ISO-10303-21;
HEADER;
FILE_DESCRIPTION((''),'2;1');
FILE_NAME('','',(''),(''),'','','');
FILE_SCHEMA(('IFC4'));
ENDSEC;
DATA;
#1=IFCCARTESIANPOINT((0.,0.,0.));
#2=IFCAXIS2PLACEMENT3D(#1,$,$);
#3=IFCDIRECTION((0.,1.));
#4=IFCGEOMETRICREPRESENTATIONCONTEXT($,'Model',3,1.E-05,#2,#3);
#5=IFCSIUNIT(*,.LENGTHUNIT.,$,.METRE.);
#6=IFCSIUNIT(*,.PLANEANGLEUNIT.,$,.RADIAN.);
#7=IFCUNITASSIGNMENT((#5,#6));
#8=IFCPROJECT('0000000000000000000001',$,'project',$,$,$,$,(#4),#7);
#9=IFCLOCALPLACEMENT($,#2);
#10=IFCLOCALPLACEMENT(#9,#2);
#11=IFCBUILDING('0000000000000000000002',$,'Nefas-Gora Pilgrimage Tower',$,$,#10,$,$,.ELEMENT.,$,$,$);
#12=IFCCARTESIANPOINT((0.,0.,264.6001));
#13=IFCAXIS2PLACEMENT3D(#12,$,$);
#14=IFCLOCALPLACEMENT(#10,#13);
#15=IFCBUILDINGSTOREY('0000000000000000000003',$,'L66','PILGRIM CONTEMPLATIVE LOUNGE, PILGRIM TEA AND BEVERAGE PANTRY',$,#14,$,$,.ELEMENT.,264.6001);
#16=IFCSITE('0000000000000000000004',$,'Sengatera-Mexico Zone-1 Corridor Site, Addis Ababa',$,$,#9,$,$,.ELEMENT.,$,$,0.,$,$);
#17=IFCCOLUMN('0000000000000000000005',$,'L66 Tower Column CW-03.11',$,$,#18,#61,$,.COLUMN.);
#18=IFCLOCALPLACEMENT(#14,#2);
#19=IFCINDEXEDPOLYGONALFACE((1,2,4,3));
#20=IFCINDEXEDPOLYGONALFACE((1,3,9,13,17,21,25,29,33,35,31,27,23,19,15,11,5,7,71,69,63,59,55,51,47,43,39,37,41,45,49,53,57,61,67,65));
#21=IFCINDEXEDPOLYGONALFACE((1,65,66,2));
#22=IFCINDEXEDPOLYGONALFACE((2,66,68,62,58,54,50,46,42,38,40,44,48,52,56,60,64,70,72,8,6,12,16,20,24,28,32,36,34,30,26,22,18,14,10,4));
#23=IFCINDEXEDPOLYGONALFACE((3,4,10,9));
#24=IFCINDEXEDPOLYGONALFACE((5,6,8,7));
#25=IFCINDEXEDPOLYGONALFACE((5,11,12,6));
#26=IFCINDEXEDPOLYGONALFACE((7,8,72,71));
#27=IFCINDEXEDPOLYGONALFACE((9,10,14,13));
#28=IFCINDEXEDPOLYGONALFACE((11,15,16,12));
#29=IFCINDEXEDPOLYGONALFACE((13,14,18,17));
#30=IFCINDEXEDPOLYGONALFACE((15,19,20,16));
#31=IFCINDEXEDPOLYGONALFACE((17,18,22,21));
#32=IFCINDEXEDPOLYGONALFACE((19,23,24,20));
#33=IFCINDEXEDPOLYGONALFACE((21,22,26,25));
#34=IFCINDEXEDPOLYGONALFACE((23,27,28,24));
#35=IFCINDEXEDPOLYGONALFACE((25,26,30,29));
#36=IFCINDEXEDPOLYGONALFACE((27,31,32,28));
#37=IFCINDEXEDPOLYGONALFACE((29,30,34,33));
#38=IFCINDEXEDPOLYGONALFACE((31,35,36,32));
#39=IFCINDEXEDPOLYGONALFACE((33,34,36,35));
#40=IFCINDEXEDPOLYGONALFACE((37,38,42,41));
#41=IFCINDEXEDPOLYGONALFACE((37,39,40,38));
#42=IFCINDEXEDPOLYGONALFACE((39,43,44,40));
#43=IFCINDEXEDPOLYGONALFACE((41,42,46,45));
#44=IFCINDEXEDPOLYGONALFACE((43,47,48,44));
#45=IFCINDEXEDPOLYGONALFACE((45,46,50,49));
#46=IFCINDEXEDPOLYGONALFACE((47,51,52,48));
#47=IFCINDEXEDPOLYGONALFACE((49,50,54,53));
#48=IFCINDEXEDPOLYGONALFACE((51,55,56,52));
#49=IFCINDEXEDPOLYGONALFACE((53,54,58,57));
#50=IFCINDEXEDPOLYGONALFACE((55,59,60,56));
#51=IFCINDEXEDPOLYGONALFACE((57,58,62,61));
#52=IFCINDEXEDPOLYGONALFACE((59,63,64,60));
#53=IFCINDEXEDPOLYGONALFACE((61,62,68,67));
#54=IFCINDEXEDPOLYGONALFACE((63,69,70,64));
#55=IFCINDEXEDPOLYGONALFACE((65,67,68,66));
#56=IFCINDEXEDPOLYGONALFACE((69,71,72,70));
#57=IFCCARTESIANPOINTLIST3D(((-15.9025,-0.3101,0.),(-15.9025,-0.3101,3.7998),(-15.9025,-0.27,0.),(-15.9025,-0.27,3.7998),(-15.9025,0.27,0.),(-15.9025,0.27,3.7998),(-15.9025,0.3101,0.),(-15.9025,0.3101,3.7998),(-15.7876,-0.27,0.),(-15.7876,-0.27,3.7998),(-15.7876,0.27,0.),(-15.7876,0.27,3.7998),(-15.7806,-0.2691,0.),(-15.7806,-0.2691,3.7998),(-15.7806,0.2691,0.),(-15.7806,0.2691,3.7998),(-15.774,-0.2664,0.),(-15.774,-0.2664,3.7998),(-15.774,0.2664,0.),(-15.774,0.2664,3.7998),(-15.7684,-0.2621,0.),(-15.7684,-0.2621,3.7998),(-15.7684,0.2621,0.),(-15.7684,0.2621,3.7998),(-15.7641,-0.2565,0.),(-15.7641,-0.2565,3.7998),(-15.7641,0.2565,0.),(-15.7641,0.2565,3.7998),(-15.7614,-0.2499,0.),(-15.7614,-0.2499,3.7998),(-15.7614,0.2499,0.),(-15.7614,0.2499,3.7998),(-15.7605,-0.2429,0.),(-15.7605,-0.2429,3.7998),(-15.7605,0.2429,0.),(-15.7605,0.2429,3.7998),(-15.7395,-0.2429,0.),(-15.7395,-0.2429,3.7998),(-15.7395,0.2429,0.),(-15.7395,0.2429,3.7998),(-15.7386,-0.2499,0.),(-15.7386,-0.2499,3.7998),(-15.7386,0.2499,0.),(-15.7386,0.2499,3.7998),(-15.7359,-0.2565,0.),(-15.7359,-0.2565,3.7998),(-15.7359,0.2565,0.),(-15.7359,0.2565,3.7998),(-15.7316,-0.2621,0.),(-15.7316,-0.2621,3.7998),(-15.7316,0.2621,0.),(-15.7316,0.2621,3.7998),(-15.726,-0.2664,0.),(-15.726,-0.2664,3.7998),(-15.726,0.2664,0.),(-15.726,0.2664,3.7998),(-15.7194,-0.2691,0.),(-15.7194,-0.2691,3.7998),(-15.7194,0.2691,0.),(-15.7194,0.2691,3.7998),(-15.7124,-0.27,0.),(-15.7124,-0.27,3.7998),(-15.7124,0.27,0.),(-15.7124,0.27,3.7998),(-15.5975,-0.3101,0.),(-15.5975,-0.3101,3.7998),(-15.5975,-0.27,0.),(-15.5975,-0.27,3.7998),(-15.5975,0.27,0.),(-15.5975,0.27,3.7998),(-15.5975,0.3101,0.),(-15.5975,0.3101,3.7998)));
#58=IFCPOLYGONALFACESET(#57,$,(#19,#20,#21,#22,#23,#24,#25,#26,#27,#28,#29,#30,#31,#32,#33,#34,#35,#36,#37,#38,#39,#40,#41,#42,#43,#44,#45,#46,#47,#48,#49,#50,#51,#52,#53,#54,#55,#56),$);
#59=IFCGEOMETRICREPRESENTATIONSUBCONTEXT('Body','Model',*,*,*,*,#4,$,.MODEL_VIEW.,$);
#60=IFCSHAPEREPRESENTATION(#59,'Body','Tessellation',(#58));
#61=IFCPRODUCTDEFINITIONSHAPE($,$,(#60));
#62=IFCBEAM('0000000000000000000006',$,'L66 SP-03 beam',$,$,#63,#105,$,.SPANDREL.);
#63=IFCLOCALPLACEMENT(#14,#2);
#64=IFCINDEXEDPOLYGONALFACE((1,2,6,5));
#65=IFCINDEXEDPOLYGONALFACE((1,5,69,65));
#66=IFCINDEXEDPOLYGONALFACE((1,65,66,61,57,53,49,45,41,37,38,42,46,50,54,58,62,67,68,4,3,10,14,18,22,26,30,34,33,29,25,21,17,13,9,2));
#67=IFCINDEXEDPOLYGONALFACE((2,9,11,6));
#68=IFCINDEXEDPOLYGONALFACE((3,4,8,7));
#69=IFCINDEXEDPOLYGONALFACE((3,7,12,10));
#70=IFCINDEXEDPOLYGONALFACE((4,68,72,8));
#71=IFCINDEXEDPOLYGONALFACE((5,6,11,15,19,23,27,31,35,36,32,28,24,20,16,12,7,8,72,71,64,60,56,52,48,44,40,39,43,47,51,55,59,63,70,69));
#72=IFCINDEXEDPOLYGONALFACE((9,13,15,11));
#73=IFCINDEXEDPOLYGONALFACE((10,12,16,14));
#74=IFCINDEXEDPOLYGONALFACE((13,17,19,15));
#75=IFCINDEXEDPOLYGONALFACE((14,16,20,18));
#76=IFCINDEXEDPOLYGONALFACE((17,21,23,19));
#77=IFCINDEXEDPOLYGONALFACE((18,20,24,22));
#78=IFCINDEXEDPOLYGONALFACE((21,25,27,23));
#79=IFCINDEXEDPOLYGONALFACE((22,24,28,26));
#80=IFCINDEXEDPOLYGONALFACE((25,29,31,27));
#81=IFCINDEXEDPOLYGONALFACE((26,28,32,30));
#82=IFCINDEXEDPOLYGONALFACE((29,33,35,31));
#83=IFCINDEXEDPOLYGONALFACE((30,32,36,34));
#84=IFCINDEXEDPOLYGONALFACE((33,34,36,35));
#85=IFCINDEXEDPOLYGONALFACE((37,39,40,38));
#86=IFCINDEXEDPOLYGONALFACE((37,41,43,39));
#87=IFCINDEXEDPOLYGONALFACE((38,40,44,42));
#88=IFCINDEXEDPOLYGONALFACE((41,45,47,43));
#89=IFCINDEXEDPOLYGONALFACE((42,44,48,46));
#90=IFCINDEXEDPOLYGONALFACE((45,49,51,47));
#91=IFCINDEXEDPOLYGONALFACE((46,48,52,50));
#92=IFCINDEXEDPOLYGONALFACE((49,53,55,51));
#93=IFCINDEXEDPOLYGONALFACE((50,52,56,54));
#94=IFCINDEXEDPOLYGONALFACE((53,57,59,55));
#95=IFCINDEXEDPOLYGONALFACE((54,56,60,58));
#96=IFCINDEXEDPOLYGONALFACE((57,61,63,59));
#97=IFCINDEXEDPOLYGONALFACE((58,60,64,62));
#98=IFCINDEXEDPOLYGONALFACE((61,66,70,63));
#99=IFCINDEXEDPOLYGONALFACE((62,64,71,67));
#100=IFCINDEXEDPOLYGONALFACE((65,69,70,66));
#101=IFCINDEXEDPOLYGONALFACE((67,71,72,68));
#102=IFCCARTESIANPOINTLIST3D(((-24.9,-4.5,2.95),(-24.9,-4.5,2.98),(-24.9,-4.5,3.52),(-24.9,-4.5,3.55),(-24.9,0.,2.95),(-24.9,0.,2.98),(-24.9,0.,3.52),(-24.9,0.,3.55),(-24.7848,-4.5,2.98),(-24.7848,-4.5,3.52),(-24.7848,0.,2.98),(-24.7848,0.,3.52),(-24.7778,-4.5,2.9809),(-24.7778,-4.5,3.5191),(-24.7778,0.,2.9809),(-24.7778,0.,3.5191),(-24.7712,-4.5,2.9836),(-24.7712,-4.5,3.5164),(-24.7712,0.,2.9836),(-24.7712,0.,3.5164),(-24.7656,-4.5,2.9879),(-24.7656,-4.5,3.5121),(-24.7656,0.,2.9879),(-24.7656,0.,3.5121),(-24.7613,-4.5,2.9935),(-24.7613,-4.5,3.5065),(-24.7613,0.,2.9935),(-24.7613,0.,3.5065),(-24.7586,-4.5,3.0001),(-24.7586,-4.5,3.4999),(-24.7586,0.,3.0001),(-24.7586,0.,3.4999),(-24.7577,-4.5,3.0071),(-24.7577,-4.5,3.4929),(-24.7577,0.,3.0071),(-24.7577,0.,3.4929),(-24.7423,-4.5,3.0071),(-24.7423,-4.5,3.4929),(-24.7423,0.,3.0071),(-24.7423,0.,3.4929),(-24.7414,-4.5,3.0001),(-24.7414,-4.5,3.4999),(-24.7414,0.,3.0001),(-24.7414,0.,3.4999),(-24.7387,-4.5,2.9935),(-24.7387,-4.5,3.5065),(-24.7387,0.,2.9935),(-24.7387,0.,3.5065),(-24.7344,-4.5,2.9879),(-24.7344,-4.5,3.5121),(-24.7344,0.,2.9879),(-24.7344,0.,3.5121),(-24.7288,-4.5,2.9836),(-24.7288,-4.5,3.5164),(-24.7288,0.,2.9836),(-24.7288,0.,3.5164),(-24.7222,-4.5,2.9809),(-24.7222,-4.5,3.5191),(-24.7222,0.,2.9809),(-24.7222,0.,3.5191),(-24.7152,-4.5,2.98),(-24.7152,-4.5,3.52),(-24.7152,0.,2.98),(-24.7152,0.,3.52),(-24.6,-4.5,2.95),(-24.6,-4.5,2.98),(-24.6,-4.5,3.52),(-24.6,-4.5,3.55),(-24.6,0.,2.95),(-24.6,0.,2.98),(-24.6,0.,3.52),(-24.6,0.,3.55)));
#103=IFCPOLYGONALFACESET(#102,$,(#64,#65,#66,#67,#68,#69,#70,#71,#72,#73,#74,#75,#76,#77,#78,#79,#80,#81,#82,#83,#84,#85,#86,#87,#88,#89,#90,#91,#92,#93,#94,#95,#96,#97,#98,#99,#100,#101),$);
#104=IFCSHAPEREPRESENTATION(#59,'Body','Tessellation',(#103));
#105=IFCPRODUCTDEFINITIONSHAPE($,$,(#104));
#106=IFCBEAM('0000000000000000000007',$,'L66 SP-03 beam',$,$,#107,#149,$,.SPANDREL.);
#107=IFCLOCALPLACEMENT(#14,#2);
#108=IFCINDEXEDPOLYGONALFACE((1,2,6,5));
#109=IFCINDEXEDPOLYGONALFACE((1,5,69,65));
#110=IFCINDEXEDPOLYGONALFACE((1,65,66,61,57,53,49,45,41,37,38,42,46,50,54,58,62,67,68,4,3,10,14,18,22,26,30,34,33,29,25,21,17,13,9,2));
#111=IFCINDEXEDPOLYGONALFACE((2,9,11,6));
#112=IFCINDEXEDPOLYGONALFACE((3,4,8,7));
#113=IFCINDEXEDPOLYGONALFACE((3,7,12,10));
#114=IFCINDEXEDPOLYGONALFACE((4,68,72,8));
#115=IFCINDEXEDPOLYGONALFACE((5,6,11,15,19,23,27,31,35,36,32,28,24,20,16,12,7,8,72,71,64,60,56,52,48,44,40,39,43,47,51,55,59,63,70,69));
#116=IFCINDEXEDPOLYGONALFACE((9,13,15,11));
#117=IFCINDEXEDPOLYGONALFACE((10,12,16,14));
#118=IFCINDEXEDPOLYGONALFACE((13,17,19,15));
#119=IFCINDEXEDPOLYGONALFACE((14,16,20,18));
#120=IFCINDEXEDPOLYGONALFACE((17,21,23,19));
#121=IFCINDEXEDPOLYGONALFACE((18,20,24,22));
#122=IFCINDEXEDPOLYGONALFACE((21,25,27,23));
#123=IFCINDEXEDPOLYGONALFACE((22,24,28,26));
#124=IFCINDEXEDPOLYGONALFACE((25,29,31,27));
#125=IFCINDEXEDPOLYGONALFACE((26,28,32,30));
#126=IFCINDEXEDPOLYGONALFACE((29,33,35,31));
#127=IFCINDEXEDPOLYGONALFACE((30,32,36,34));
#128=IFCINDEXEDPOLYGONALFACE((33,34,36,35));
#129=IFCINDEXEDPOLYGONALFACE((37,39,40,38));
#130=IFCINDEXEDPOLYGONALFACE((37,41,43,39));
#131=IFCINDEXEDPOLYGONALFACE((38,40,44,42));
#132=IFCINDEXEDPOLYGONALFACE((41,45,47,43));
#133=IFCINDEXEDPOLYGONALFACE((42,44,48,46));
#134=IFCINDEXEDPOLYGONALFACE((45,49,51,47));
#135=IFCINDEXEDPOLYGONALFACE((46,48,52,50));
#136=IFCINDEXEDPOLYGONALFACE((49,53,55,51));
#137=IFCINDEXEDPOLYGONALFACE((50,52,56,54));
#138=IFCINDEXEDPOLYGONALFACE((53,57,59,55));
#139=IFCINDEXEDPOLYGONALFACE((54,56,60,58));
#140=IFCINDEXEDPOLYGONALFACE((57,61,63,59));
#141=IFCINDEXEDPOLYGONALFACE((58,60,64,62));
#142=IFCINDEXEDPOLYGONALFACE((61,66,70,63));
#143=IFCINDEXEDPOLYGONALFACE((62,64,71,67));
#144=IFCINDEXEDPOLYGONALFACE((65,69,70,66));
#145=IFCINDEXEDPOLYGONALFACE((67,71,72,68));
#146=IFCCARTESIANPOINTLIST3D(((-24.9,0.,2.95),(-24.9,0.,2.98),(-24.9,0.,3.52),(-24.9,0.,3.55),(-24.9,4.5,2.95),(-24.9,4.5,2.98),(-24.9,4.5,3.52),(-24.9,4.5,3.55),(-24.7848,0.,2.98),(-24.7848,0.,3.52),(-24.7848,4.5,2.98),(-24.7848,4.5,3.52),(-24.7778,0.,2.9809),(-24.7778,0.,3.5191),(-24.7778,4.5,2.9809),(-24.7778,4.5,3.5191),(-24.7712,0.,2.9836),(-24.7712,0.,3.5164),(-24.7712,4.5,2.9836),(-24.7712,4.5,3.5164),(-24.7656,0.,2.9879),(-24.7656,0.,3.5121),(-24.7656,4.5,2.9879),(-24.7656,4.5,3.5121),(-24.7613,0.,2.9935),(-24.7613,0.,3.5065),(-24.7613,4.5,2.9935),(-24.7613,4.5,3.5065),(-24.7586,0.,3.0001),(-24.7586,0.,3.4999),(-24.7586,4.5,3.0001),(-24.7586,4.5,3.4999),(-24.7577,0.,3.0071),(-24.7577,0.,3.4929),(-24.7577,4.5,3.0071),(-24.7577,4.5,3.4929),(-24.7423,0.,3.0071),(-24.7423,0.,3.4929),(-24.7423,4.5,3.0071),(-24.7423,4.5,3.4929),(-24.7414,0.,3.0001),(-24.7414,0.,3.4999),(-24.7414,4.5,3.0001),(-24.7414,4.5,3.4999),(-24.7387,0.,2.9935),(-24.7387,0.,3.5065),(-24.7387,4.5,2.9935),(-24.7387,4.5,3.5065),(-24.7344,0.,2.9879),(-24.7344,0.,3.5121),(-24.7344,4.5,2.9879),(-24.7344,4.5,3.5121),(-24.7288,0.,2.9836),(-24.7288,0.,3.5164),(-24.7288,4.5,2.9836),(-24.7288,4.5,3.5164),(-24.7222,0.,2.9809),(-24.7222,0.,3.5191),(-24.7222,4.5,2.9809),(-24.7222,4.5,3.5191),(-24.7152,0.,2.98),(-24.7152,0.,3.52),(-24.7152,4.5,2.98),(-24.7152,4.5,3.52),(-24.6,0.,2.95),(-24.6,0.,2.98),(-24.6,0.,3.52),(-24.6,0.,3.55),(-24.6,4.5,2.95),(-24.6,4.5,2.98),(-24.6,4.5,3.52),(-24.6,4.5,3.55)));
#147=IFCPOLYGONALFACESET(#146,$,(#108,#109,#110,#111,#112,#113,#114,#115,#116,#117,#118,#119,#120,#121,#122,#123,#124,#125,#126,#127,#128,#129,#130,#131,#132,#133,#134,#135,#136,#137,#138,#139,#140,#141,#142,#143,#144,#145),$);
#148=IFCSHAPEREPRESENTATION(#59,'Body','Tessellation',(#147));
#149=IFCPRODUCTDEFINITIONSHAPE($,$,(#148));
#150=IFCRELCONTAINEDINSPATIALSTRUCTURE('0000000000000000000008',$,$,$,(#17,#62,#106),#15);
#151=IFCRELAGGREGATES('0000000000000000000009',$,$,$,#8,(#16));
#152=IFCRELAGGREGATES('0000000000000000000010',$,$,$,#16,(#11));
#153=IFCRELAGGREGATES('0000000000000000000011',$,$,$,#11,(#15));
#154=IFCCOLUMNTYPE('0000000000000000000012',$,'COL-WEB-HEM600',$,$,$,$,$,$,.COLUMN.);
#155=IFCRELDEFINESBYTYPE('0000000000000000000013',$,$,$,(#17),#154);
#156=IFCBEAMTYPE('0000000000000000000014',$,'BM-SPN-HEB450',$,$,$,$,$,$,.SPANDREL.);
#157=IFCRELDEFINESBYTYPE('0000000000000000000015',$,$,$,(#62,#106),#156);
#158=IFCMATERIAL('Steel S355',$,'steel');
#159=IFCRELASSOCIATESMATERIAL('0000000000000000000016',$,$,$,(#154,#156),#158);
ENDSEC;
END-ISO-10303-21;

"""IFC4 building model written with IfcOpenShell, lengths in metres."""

from ifc_helpers import new_model, si_unit, direction, frame, origin, origin_2d, place, context, subcontext, project, spatial, i_section, extrude, source, transform, mapped, material, material_profile, profile_set, type_object, element, save


model = new_model("IFC4")

# Units and contexts
model_context = context("Model", 3, precision=1e-05, world=origin(), true_north=direction((0.0, 1.0)))
body_context = subcontext(model_context, "Body", "Model", "MODEL_VIEW")
ifc_project = project(units=[si_unit("LENGTHUNIT", "METRE"), si_unit("PLANEANGLEUNIT", "RADIAN")], contexts=[model_context])

# Site, building, storey
site_placement = place(None, origin())
site = spatial("IfcSite", under=ifc_project, at=site_placement, Name="Sengatera-Mexico Zone-1 Corridor Site, Addis Ababa", CompositionType="ELEMENT", RefElevation=0.0)
building_placement = place(site_placement, origin())
building = spatial("IfcBuilding", under=site, at=building_placement, Name="Nefas-Gora Pilgrimage Tower", CompositionType="ELEMENT")
storey_placement = place(building_placement, frame((0.0, 0.0, 264.6001)))
storey = spatial("IfcBuildingStorey", under=building, at=storey_placement, Name="L66", Description="PILGRIM CONTEMPLATIVE LOUNGE, PILGRIM TEA AND BEVERAGE PANTRY", CompositionType="ELEMENT", Elevation=264.6001)

# Column
ifc_material_1 = material(Name="Steel S355", Category="steel")
ifc_material_profile_1 = material_profile(ifc_material_1, i_section(OverallWidth=0.3049, OverallDepth=0.6201, WebThickness=0.021, FlangeThickness=0.04, FilletRadius=0.0271, at=origin_2d()), Name="HEM 600")
ifc_profile_set_1 = profile_set([ifc_material_profile_1], Name="Steel S355")
column_type_1 = type_object("IfcColumnType", Name="COL-WEB-HEM600", PredefinedType="COLUMN", material=ifc_profile_set_1)
shared_shape_1 = source(origin(), body_context, "Body", "SweptSolid", [
    extrude(i_section(OverallWidth=0.3049, OverallDepth=0.6201, WebThickness=0.021, FlangeThickness=0.04, FilletRadius=0.0271, at=origin_2d()), origin(), (0.0, 0.0, 1.0), 3.7998),
])
for number, where, z_axis, x_axis, name in (
    (1, (-15.75, 0.0, 0.0), (0.0, 0.0, 1.0), (1.0, 0.0, 0.0), "L66 Tower Column CW-03.11"),
):
    element("IfcColumn", number, at=place(storey_placement, frame(where, z_axis=z_axis, x_axis=x_axis)), inside=storey, type_object=column_type_1, Name=name, PredefinedType="COLUMN", context=body_context, shape_type="MappedRepresentation", body=[
        mapped(shared_shape_1, transform((0.0, 0.0, 0.0), x_axis=(1.0, 0.0, 0.0), y_axis=(0.0, 1.0, 0.0), z_axis=(0.0, 0.0, 1.0), scale=1.0)),
    ])

# Beams
ifc_material_profile_2 = material_profile(ifc_material_1, i_section(OverallWidth=0.3, OverallDepth=0.6001, WebThickness=0.0154, FlangeThickness=0.03, FilletRadius=0.0271, at=origin_2d()), Name="HEB 600")
ifc_profile_set_2 = profile_set([ifc_material_profile_2], Name="Steel S355")
beam_type_1 = type_object("IfcBeamType", Name="BM-SPN-HEB450", PredefinedType="SPANDREL", material=ifc_profile_set_2)
shared_shape_2 = source(origin(), body_context, "Body", "SweptSolid", [
    extrude(i_section(OverallWidth=0.3, OverallDepth=0.6001, WebThickness=0.0154, FlangeThickness=0.03, FilletRadius=0.0271, at=origin_2d()), origin(), (0.0, 0.0, 1.0), 4.5),
])
for number, where, z_axis, x_axis, name in (
    (2, (-24.75, -4.5, 3.25), (0.0, 1.0, 0.0), (-1.0, 0.0, 0.0), "L66 SP-03 beam"),
    (3, (-24.75, 0.0, 3.25), (0.0, 1.0, 0.0), (-1.0, 0.0, 0.0), "L66 SP-03 beam"),
):
    element("IfcBeam", number, at=place(storey_placement, frame(where, z_axis=z_axis, x_axis=x_axis)), inside=storey, type_object=beam_type_1, Name=name, PredefinedType="SPANDREL", context=body_context, shape_type="MappedRepresentation", body=[
        mapped(shared_shape_2, transform((0.0, 0.0, 0.0), x_axis=(1.0, 0.0, 0.0), y_axis=(0.0, 1.0, 0.0), z_axis=(0.0, 0.0, 1.0), scale=1.0)),
    ])

save(model, "model.ifc")
